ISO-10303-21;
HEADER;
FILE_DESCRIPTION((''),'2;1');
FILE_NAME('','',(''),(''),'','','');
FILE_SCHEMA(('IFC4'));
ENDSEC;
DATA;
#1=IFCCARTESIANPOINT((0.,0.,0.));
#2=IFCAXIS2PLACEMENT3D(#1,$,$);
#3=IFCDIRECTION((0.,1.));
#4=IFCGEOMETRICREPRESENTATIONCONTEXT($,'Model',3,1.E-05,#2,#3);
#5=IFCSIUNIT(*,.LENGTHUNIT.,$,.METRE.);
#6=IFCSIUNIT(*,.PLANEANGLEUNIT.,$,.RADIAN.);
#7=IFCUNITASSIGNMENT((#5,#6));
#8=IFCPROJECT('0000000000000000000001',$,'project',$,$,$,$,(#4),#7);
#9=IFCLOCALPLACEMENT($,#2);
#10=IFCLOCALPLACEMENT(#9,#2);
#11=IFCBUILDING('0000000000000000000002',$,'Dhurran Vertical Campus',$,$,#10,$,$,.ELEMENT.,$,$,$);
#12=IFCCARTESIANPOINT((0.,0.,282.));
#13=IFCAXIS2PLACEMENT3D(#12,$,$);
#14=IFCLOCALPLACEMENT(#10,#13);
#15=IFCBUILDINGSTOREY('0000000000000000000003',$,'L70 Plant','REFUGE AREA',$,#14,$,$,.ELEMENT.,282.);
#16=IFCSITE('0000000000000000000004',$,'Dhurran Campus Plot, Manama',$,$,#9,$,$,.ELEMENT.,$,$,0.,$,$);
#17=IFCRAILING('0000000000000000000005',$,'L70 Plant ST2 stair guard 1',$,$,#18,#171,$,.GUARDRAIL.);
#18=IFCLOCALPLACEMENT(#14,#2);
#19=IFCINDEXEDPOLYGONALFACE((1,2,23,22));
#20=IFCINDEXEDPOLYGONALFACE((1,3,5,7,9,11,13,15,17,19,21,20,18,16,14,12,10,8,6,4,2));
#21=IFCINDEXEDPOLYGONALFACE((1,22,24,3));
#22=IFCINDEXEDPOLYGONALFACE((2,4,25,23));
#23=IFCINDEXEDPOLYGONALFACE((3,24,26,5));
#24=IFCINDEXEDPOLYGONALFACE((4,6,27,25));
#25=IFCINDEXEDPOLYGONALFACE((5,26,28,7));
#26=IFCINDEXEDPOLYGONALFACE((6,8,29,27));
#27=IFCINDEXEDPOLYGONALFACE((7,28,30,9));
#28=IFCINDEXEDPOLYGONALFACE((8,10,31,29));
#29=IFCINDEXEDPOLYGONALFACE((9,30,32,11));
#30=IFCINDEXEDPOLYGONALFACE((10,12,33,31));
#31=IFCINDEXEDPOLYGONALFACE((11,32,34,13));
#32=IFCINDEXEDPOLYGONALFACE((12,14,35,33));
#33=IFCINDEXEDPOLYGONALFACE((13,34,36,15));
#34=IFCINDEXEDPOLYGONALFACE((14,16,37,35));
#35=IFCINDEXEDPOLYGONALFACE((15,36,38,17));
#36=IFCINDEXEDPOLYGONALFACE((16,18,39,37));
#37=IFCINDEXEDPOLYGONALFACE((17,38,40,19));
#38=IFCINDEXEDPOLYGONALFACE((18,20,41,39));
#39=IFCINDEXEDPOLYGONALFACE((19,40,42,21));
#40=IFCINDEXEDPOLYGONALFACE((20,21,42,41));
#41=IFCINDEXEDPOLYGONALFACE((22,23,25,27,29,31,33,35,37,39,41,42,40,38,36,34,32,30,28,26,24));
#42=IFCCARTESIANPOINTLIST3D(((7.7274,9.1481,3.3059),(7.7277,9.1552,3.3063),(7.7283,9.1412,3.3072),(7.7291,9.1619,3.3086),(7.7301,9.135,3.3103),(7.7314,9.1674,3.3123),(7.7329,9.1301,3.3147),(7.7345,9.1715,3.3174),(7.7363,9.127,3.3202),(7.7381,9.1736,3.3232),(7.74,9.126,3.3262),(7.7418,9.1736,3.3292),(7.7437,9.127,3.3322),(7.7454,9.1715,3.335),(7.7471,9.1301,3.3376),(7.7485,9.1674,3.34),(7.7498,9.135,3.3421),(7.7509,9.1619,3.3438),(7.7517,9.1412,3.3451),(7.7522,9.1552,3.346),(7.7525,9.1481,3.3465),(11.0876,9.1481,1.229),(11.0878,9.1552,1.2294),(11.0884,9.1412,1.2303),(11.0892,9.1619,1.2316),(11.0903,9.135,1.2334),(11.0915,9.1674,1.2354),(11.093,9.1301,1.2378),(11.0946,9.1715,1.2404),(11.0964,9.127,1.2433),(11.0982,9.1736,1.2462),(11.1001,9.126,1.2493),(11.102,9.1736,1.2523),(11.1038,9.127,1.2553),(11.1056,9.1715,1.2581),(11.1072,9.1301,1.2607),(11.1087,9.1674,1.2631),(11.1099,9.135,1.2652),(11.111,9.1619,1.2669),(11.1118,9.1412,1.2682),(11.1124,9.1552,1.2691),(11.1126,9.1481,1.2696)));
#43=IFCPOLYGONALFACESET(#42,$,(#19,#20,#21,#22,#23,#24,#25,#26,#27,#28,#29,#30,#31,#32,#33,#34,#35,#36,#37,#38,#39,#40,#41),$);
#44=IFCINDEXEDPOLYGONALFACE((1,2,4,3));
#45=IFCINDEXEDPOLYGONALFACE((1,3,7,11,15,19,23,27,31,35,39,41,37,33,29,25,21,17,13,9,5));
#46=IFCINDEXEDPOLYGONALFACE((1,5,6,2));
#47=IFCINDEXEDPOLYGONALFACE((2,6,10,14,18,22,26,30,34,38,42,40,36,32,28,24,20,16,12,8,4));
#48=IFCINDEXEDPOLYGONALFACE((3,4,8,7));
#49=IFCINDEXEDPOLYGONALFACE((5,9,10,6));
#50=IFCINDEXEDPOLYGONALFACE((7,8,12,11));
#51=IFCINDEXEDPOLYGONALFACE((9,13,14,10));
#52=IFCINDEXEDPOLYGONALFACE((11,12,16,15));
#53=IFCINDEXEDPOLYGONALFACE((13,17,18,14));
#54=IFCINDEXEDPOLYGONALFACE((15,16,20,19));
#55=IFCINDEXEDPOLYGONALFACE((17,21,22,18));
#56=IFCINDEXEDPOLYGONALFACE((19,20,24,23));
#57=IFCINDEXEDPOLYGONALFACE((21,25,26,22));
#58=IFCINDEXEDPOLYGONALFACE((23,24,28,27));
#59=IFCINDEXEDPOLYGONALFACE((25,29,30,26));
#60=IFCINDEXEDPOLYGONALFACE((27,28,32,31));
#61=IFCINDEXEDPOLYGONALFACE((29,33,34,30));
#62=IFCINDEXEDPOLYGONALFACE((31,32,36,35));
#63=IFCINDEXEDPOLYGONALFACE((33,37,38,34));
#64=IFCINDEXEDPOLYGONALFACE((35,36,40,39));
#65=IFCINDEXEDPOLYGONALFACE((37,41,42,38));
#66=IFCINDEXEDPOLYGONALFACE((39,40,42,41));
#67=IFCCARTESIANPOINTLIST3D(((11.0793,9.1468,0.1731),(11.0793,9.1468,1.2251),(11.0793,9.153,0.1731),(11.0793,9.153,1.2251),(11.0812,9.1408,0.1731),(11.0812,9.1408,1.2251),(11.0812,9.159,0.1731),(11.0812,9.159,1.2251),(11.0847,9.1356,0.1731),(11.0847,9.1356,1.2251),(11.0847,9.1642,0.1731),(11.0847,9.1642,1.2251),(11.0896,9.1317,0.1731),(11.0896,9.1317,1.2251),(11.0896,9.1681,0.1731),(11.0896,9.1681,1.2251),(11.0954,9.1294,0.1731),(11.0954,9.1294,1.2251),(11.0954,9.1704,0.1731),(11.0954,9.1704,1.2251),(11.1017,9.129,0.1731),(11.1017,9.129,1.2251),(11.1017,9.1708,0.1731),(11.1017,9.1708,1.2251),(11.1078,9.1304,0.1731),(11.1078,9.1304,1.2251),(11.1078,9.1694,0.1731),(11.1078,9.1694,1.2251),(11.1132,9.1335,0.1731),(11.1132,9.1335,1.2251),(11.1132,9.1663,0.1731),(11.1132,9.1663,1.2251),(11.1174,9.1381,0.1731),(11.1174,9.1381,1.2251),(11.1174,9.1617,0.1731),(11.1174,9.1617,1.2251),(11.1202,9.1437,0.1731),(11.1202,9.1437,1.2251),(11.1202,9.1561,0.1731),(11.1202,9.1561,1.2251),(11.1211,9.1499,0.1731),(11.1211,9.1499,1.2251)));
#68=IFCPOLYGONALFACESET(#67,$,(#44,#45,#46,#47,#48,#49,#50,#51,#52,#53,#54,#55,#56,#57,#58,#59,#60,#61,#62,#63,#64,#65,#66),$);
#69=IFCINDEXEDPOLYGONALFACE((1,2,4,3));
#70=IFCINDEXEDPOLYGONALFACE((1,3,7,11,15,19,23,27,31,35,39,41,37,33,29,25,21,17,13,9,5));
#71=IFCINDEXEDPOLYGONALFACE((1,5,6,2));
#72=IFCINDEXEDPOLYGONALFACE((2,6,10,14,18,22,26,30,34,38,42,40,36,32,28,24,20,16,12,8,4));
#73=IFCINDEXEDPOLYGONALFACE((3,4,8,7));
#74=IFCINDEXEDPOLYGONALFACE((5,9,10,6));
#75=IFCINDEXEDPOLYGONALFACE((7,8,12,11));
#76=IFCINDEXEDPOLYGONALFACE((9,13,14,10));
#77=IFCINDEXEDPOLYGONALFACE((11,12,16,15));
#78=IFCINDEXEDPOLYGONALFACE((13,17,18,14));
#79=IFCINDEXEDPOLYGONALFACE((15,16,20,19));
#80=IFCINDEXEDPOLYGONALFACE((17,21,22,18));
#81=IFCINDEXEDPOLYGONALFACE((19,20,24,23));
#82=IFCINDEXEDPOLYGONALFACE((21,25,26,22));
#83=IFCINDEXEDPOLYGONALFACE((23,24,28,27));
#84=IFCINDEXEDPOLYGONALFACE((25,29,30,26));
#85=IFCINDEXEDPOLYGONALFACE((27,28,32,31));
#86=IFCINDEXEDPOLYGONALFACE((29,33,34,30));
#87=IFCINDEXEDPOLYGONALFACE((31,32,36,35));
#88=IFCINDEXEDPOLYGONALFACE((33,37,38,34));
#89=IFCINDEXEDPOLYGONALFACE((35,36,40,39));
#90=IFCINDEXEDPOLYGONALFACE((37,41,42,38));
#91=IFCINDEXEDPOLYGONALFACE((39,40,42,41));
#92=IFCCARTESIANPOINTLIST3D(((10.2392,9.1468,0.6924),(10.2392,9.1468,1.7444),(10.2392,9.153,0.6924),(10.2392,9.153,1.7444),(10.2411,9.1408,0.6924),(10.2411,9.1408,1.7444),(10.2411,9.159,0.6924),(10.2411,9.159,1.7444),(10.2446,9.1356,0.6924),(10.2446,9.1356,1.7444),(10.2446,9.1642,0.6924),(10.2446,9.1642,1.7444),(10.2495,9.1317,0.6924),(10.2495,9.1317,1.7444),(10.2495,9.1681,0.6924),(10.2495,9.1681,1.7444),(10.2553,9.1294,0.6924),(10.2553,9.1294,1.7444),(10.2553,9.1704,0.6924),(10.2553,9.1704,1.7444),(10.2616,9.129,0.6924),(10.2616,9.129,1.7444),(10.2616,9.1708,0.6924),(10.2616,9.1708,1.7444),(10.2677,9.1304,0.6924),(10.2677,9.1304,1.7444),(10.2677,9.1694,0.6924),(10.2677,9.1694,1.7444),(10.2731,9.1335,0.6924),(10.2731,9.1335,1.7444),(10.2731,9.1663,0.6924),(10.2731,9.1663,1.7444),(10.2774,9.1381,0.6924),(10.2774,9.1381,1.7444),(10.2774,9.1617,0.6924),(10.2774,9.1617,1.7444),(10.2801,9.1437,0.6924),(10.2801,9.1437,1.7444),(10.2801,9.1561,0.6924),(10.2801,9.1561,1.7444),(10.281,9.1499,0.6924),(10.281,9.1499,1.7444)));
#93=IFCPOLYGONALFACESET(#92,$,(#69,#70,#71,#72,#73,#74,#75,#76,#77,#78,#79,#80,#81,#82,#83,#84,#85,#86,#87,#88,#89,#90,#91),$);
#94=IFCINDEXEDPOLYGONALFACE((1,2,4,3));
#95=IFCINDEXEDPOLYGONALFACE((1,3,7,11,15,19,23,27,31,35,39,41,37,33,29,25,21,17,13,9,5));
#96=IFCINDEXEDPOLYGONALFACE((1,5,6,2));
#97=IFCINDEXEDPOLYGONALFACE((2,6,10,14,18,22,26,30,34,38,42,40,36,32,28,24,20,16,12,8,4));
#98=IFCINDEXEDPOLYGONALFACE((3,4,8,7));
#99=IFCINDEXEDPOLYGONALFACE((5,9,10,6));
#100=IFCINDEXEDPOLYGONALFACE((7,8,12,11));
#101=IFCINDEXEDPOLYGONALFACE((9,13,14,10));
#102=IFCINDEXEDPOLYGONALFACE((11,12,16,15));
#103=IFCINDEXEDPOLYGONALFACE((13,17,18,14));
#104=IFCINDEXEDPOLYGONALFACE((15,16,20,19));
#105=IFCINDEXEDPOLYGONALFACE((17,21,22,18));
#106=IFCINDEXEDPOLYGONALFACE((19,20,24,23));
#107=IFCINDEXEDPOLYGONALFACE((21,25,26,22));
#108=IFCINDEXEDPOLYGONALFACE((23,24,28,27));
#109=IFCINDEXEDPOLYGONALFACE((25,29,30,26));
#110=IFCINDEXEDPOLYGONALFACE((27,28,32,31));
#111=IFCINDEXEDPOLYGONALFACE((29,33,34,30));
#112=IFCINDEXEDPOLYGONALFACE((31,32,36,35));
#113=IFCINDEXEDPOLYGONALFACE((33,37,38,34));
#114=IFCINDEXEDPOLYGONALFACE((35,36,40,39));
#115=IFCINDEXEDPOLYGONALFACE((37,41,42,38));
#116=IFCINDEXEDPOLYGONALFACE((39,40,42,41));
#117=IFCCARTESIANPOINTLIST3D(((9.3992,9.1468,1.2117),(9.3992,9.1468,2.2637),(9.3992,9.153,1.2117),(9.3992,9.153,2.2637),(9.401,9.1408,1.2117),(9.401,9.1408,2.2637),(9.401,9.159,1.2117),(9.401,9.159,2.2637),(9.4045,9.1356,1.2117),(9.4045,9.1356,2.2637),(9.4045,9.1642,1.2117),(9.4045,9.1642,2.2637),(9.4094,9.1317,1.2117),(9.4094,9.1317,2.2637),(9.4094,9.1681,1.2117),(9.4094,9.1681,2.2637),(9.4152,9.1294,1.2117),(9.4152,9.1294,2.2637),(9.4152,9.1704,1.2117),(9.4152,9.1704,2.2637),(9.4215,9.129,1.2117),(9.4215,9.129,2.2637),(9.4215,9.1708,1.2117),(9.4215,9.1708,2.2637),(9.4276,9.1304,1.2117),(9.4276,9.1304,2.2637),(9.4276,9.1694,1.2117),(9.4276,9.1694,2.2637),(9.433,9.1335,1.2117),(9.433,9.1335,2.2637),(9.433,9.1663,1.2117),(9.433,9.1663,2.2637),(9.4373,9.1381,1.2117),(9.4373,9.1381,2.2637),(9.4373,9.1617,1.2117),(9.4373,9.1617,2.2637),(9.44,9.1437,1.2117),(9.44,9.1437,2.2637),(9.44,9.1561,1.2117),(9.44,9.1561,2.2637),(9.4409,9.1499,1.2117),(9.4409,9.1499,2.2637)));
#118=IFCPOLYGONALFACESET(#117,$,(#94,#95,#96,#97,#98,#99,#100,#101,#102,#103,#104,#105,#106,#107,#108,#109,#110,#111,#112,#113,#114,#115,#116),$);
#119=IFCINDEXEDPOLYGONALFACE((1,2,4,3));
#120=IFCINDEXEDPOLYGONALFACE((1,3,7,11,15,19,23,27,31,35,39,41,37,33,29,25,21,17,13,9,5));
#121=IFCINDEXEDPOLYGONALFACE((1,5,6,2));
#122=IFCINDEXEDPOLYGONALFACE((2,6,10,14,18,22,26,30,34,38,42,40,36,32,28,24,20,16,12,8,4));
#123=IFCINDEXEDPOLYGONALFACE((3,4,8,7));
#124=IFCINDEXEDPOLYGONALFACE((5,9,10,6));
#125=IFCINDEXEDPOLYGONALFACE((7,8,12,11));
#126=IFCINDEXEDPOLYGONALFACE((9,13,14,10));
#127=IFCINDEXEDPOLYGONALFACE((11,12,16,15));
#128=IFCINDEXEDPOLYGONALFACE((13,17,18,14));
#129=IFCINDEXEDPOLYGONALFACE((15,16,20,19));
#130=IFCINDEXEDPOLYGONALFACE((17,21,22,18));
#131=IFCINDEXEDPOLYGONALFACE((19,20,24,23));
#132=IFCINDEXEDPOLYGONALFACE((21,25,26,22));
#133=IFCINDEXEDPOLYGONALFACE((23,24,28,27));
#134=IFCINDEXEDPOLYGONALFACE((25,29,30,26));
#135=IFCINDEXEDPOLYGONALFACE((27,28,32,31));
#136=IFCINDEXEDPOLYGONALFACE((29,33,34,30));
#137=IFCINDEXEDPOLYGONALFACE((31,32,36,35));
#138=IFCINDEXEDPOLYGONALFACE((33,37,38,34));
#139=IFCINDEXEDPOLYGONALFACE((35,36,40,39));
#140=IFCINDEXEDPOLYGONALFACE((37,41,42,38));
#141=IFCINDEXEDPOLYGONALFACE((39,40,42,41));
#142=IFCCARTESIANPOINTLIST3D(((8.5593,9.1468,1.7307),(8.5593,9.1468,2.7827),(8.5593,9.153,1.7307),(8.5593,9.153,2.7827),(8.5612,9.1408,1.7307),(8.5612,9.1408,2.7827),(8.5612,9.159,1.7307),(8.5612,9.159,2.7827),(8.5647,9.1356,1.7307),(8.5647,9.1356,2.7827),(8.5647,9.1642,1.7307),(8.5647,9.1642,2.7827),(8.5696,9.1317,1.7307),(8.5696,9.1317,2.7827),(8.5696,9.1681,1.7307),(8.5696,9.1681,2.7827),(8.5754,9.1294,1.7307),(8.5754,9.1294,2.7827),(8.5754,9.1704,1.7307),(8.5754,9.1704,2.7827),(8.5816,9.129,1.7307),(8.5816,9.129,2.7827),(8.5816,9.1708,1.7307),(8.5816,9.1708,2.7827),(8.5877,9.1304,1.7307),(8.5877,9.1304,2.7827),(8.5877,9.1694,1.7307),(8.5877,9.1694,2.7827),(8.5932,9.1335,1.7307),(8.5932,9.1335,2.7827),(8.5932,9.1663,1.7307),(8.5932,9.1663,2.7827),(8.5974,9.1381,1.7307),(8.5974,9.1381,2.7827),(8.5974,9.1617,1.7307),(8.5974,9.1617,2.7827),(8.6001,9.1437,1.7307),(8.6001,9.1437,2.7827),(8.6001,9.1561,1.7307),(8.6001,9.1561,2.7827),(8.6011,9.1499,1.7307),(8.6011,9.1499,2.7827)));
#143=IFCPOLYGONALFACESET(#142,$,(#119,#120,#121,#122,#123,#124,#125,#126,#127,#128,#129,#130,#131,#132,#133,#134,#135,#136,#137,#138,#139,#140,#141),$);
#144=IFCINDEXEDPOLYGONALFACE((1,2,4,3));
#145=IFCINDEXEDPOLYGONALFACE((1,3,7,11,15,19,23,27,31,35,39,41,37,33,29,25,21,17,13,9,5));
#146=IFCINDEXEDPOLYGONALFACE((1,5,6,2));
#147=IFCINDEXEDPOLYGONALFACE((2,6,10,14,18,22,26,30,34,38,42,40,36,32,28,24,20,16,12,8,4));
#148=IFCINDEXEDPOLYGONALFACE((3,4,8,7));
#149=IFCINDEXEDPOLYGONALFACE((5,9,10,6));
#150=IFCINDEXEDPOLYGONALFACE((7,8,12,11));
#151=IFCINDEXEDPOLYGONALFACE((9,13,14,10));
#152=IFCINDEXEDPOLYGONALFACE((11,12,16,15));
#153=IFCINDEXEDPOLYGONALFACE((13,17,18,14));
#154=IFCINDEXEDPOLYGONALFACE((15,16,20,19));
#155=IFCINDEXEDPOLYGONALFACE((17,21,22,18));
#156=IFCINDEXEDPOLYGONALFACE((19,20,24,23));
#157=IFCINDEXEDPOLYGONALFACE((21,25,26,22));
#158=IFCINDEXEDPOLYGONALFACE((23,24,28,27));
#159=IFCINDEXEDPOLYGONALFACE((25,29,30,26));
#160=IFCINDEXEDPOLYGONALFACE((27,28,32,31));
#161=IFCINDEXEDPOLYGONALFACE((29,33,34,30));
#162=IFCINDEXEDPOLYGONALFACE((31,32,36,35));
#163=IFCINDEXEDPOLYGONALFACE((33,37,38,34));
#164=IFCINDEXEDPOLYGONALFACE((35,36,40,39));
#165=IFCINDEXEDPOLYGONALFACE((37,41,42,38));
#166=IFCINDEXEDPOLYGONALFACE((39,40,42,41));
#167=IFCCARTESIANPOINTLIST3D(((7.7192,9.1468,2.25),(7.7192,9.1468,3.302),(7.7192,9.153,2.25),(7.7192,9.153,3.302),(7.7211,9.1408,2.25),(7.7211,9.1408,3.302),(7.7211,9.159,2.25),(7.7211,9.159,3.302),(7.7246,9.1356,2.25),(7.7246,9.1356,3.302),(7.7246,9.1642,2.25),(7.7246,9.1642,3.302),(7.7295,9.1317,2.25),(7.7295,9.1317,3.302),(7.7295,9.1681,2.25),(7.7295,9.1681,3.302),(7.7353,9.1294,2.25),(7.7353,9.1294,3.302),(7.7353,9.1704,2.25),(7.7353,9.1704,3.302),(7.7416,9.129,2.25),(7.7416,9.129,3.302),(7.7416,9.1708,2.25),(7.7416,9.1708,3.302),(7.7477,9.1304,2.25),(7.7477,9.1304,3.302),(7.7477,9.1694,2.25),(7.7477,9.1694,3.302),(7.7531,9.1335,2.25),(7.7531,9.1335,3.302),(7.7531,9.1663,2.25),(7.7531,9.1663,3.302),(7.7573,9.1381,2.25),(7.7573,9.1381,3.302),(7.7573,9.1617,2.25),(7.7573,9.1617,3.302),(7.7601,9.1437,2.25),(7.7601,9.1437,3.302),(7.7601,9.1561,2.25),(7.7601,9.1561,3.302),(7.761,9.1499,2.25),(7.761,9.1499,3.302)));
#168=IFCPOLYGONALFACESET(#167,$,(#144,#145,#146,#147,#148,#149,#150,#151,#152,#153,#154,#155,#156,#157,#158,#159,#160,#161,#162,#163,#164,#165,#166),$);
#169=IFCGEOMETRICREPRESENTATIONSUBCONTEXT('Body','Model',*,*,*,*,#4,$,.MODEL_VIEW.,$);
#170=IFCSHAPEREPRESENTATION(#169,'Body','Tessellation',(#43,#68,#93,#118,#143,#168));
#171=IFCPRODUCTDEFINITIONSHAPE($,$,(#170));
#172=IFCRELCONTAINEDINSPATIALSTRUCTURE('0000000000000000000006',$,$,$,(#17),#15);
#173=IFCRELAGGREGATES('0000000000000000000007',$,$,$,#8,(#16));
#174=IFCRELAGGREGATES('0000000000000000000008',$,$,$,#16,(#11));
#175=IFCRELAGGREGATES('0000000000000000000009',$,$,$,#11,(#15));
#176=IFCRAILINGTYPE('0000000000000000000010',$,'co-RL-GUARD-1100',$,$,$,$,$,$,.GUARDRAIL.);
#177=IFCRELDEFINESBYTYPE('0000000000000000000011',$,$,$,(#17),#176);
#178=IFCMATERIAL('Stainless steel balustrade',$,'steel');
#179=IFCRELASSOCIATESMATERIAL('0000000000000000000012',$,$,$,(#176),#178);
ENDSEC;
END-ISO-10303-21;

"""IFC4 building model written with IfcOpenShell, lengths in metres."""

from ifc_helpers import new_model, si_unit, direction, frame, origin, origin_2d, place, context, subcontext, project, spatial, circle, extrude, material, type_object, element, save


model = new_model("IFC4")

# Units and contexts
model_context = context("Model", 3, precision=1e-05, world=origin(), true_north=direction((0.0, 1.0)))
body_context = subcontext(model_context, "Body", "Model", "MODEL_VIEW")
ifc_project = project(units=[si_unit("LENGTHUNIT", "METRE"), si_unit("PLANEANGLEUNIT", "RADIAN")], contexts=[model_context])

# Site, building, storey
site_placement = place(None, origin())
site = spatial("IfcSite", under=ifc_project, at=site_placement, Name="Dhurran Campus Plot, Manama", CompositionType="ELEMENT", RefElevation=0.0)
building_placement = place(site_placement, origin())
building = spatial("IfcBuilding", under=site, at=building_placement, Name="Dhurran Vertical Campus", CompositionType="ELEMENT")
storey_placement = place(building_placement, frame((0.0, 0.0, 282.0)))
storey = spatial("IfcBuildingStorey", under=building, at=storey_placement, Name="L70 Plant", Description="REFUGE AREA", CompositionType="ELEMENT", Elevation=282.0)

# Railing
ifc_material_1 = material(Name="Stainless steel balustrade", Category="steel")
railing_type_1 = type_object("IfcRailingType", Name="co-RL-GUARD-1100", PredefinedType="GUARDRAIL", material=ifc_material_1)
railing_1_placement = place(storey_placement, frame((11.1001, 9.1499, 0.1731)))
element("IfcRailing", 1, at=railing_1_placement, inside=storey, type_object=railing_type_1, Name="L70 Plant ST2 stair guard 1", PredefinedType="GUARDRAIL", context=body_context, shape_type="SweptSolid", body=[
    extrude(circle(Radius=0.0239, at=origin_2d()), frame((0.0, 0.0, 1.0762), z_axis=(-0.850623, 0.0, 0.525776), x_axis=(0.0, -1.0, 0.0)), (0.0, 0.0, 1.0), 3.9502),
    extrude(circle(Radius=0.021, at=origin_2d()), origin(), (0.0, 0.0, 1.0), 1.052),
    extrude(circle(Radius=0.021, at=origin_2d()), frame((-0.8401, 0.0, 0.5193)), (0.0, 0.0, 1.0), 1.052),
    extrude(circle(Radius=0.021, at=origin_2d()), frame((-1.6802, 0.0, 1.0386)), (0.0, 0.0, 1.0), 1.052),
    extrude(circle(Radius=0.021, at=origin_2d()), frame((-2.52, 0.0, 1.5576)), (0.0, 0.0, 1.0), 1.052),
    extrude(circle(Radius=0.021, at=origin_2d()), frame((-3.3601, 0.0, 2.0769)), (0.0, 0.0, 1.0), 1.052),
])

save(model, "model.ifc")
